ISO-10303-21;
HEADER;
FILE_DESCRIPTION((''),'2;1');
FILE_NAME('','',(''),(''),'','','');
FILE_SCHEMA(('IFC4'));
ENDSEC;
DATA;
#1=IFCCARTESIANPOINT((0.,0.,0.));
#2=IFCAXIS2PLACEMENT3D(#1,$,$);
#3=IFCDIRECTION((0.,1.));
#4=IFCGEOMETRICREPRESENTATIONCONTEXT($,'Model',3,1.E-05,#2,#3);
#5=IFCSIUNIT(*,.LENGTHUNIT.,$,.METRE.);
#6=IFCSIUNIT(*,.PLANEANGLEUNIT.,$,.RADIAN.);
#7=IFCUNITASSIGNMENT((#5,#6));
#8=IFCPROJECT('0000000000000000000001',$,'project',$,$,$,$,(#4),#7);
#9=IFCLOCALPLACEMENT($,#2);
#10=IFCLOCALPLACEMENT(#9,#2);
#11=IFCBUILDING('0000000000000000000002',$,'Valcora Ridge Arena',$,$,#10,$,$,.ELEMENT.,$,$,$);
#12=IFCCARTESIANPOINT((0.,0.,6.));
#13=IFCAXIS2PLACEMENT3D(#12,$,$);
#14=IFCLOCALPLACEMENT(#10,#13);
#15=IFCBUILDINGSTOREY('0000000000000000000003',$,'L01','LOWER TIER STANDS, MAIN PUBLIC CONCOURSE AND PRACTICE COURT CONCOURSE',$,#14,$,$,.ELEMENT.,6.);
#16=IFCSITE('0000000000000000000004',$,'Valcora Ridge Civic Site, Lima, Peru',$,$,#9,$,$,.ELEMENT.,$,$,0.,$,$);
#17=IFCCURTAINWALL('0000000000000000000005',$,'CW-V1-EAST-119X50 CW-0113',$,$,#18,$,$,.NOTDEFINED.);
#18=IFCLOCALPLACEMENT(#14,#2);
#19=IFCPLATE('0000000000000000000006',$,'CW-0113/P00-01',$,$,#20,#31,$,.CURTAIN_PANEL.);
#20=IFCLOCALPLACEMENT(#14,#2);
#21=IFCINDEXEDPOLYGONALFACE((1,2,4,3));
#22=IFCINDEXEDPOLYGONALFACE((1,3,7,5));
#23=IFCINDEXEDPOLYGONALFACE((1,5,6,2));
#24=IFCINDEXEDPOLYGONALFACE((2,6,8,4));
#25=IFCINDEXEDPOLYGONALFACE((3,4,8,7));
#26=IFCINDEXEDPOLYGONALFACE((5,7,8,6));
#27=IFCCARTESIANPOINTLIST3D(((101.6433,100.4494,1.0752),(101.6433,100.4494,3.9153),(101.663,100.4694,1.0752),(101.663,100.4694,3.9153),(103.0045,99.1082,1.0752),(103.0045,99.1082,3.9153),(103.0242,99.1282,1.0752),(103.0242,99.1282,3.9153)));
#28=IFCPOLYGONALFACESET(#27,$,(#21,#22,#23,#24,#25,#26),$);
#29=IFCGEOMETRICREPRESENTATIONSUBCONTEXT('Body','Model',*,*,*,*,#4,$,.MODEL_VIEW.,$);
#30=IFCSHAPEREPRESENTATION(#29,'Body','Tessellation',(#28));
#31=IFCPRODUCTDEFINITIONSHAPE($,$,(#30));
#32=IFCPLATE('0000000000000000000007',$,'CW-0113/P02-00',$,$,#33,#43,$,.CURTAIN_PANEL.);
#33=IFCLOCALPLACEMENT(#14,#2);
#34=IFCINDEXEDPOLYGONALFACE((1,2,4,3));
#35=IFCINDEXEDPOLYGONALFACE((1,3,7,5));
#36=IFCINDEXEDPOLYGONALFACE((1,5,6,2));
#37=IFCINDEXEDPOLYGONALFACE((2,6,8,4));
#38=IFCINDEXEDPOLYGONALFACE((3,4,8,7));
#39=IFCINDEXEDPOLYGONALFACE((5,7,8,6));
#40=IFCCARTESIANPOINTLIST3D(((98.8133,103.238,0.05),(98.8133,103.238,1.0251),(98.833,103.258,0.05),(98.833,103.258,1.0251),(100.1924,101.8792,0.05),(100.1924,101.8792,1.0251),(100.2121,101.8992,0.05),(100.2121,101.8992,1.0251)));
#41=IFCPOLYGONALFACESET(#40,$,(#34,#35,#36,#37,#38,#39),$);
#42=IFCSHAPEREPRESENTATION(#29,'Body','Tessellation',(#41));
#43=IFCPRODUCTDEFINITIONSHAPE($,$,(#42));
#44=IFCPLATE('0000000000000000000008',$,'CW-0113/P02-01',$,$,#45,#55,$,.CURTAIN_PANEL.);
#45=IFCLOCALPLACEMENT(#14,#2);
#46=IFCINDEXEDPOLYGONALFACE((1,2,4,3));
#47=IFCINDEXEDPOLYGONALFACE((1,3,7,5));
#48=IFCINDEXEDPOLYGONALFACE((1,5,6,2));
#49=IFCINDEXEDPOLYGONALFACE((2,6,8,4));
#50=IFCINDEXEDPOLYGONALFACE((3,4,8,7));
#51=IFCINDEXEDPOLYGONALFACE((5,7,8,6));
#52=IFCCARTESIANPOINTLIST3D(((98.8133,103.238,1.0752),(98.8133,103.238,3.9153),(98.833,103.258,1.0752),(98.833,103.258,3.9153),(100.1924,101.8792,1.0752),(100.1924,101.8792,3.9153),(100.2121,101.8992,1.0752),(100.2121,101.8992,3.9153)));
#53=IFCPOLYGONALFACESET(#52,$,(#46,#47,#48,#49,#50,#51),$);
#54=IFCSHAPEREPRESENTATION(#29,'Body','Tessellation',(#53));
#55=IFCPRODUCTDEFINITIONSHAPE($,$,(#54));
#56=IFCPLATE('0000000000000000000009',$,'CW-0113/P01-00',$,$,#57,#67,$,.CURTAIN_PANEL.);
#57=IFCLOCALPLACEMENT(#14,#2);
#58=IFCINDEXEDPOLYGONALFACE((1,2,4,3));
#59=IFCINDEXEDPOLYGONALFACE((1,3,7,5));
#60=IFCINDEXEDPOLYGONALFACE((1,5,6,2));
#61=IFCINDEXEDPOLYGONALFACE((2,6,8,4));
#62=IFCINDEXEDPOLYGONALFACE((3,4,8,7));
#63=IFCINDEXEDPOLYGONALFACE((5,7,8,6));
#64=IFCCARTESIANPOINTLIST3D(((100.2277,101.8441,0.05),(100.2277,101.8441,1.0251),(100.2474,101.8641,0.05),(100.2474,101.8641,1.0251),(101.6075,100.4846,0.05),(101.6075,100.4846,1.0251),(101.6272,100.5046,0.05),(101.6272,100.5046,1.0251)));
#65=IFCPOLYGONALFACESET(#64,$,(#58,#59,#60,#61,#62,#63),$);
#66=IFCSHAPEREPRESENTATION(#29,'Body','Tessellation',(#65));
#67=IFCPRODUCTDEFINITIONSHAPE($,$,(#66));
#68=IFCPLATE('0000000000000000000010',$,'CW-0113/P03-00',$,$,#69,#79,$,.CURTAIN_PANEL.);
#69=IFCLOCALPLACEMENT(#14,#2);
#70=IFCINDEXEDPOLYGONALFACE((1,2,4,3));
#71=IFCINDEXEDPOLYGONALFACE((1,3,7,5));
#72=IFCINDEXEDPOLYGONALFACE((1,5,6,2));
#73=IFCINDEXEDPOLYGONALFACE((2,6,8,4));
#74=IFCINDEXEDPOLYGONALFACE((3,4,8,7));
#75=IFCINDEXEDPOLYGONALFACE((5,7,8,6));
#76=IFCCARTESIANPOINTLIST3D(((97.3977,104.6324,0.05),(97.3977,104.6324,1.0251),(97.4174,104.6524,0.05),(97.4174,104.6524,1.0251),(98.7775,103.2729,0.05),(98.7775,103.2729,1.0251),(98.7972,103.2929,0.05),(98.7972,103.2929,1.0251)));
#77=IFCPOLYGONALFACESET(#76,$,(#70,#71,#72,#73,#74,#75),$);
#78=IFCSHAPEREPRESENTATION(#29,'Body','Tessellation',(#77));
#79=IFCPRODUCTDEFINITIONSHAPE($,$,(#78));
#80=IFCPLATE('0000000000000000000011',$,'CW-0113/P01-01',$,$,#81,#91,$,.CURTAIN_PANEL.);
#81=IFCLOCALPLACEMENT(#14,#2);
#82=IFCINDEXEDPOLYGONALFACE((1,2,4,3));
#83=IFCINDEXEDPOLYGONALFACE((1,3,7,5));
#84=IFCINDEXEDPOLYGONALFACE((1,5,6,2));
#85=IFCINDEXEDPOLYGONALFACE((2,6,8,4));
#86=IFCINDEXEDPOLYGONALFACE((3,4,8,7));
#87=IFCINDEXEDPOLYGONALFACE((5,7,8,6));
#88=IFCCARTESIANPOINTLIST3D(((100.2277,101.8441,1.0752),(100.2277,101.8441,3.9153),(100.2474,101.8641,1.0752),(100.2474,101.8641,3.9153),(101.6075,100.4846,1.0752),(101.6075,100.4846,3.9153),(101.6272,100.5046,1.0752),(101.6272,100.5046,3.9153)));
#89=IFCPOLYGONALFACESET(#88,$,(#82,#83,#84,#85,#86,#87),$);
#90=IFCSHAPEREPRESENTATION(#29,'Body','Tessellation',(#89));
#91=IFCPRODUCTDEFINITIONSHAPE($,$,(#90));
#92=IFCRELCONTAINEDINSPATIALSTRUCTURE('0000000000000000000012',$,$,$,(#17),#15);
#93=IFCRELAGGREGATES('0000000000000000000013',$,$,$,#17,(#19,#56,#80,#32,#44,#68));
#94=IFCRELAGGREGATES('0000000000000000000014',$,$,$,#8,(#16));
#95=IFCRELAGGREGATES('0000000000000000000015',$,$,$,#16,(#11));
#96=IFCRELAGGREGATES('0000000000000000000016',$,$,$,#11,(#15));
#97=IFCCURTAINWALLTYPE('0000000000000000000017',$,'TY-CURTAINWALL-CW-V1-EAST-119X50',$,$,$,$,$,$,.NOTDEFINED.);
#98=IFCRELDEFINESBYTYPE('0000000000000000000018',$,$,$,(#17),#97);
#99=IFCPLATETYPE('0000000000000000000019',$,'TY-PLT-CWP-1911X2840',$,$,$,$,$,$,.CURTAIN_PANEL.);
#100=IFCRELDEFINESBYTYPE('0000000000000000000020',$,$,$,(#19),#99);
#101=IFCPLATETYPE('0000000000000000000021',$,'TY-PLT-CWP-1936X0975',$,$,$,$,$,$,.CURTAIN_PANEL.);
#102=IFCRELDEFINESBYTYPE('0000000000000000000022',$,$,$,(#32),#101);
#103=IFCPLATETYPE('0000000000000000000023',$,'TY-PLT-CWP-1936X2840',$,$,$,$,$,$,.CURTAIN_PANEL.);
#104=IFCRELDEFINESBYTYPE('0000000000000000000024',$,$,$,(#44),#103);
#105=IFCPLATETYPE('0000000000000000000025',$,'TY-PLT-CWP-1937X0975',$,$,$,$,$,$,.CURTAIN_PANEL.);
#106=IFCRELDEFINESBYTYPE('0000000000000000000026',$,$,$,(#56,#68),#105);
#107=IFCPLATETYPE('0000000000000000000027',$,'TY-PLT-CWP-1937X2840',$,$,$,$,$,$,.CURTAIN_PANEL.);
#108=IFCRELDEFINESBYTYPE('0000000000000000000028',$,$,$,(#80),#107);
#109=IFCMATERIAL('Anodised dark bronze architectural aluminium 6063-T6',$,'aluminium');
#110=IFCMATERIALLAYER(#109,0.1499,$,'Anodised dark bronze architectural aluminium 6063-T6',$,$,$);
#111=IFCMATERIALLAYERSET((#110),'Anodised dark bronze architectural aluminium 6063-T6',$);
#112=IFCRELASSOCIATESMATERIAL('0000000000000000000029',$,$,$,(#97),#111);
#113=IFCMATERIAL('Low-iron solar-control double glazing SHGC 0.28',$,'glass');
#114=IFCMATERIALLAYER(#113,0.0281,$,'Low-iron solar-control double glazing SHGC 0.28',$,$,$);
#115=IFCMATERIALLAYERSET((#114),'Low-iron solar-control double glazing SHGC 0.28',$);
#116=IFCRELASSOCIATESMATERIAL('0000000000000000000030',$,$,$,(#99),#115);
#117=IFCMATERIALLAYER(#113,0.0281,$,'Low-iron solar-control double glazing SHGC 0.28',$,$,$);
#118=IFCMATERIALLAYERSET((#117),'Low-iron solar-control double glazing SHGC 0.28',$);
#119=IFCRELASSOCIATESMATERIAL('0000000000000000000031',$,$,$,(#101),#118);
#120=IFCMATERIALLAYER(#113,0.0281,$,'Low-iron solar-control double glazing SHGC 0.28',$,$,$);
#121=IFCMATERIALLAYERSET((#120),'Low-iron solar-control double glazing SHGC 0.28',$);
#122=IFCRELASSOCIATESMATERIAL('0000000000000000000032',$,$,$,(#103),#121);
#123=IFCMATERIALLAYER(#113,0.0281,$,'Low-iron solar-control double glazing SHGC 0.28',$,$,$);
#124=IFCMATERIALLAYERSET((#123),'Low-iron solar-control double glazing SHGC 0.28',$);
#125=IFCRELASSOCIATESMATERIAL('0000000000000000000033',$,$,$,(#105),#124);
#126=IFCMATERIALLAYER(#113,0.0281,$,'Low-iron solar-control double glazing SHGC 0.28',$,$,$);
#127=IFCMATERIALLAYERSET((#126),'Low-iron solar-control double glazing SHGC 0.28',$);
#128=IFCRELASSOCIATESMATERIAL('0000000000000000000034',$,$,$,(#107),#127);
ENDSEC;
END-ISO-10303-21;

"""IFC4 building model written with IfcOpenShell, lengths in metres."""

from ifc_helpers import new_model, si_unit, direction, frame, origin, origin_2d, place, context, subcontext, project, spatial, rectangle, extrude, material, layer, layer_set, type_object, element, aggregate, save


model = new_model("IFC4")

# Units and contexts
model_context = context("Model", 3, precision=1e-05, world=origin(), true_north=direction((0.0, 1.0)))
body_context = subcontext(model_context, "Body", "Model", "MODEL_VIEW")
ifc_project = project(units=[si_unit("LENGTHUNIT", "METRE"), si_unit("PLANEANGLEUNIT", "RADIAN")], contexts=[model_context])

# Site, building, storey
site_placement = place(None, origin())
site = spatial("IfcSite", under=ifc_project, at=site_placement, Name="Valcora Ridge Civic Site, Lima, Peru", CompositionType="ELEMENT", RefElevation=0.0)
building_placement = place(site_placement, origin())
building = spatial("IfcBuilding", under=site, at=building_placement, Name="Valcora Ridge Arena", CompositionType="ELEMENT")
storey_placement = place(building_placement, frame((0.0, 0.0, 6.0)))
storey = spatial("IfcBuildingStorey", under=building, at=storey_placement, Name="L01", Description="LOWER TIER STANDS, MAIN PUBLIC CONCOURSE AND PRACTICE COURT CONCOURSE", CompositionType="ELEMENT", Elevation=6.0)

# Curtain wall, plates
ifc_material_1 = material(Name="Anodised dark bronze architectural aluminium 6063-T6", Category="aluminium")
ifc_layer_1 = layer(ifc_material_1, 0.1499, Name="Anodised dark bronze architectural aluminium 6063-T6")
ifc_layer_set_1 = layer_set([ifc_layer_1], Name="Anodised dark bronze architectural aluminium 6063-T6")
curtain_wall_type = type_object("IfcCurtainWallType", Name="TY-CURTAINWALL-CW-V1-EAST-119X50", PredefinedType="NOTDEFINED", material=ifc_layer_set_1)
curtain_wall_placement = place(storey_placement, origin())
curtain_wall = element("IfcCurtainWall", 1, at=curtain_wall_placement, inside=storey, type_object=curtain_wall_type, Name="CW-V1-EAST-119X50 CW-0113", PredefinedType="NOTDEFINED")
ifc_material_2 = material(Name="Low-iron solar-control double glazing SHGC 0.28", Category="glass")
ifc_layer_2 = layer(ifc_material_2, 0.0281, Name="Low-iron solar-control double glazing SHGC 0.28")
ifc_layer_set_2 = layer_set([ifc_layer_2], Name="Low-iron solar-control double glazing SHGC 0.28")
plate_type_1 = type_object("IfcPlateType", Name="TY-PLT-CWP-1911X2840", PredefinedType="CURTAIN_PANEL", material=ifc_layer_set_2)
plate_1_placement = place(storey_placement, frame((102.3337, 99.7888, 1.0752), z_axis=(0.0, 0.0, 1.0), x_axis=(-0.712327, 0.701847, 0.0)))
plate_1 = element("IfcPlate", 2, at=plate_1_placement, type_object=plate_type_1, Name="CW-0113/P00-01", PredefinedType="CURTAIN_PANEL", context=body_context, shape_type="SweptSolid", body=[
    extrude(rectangle(XDim=1.9109, YDim=0.0281, at=origin_2d()), origin(), (0.0, 0.0, 1.0), 2.8401),
])
ifc_layer_3 = layer(ifc_material_2, 0.0281, Name="Low-iron solar-control double glazing SHGC 0.28")
ifc_layer_set_3 = layer_set([ifc_layer_3], Name="Low-iron solar-control double glazing SHGC 0.28")
plate_type_2 = type_object("IfcPlateType", Name="TY-PLT-CWP-1936X0975", PredefinedType="CURTAIN_PANEL", material=ifc_layer_set_3)
plate_2_placement = place(storey_placement, frame((99.5127, 102.5686, 0.05), z_axis=(0.0, 0.0, 1.0), x_axis=(-0.712327, 0.701847, 0.0)))
plate_2 = element("IfcPlate", 3, at=plate_2_placement, type_object=plate_type_2, Name="CW-0113/P02-00", PredefinedType="CURTAIN_PANEL", context=body_context, shape_type="SweptSolid", body=[
    extrude(rectangle(XDim=1.936, YDim=0.0281, at=origin_2d()), origin(), (0.0, 0.0, 1.0), 0.9751),
])
ifc_layer_4 = layer(ifc_material_2, 0.0281, Name="Low-iron solar-control double glazing SHGC 0.28")
ifc_layer_set_4 = layer_set([ifc_layer_4], Name="Low-iron solar-control double glazing SHGC 0.28")
plate_type_3 = type_object("IfcPlateType", Name="TY-PLT-CWP-1936X2840", PredefinedType="CURTAIN_PANEL", material=ifc_layer_set_4)
plate_3_placement = place(storey_placement, frame((99.5127, 102.5686, 1.0752), z_axis=(0.0, 0.0, 1.0), x_axis=(-0.712327, 0.701847, 0.0)))
plate_3 = element("IfcPlate", 4, at=plate_3_placement, type_object=plate_type_3, Name="CW-0113/P02-01", PredefinedType="CURTAIN_PANEL", context=body_context, shape_type="SweptSolid", body=[
    extrude(rectangle(XDim=1.936, YDim=0.0281, at=origin_2d()), origin(), (0.0, 0.0, 1.0), 2.8401),
])
ifc_layer_5 = layer(ifc_material_2, 0.0281, Name="Low-iron solar-control double glazing SHGC 0.28")
ifc_layer_set_5 = layer_set([ifc_layer_5], Name="Low-iron solar-control double glazing SHGC 0.28")
plate_type_4 = type_object("IfcPlateType", Name="TY-PLT-CWP-1937X0975", PredefinedType="CURTAIN_PANEL", material=ifc_layer_set_5)
plate_4_placement = place(storey_placement, frame((100.9275, 101.1743, 0.05), z_axis=(0.0, 0.0, 1.0), x_axis=(-0.712327, 0.701847, 0.0)))
plate_4 = element("IfcPlate", 5, at=plate_4_placement, type_object=plate_type_4, Name="CW-0113/P01-00", PredefinedType="CURTAIN_PANEL", context=body_context, shape_type="SweptSolid", body=[
    extrude(rectangle(XDim=1.937, YDim=0.0281, at=origin_2d()), origin(), (0.0, 0.0, 1.0), 0.9751),
])
plate_5_placement = place(storey_placement, frame((98.0974, 103.9626, 0.05), z_axis=(0.0, 0.0, 1.0), x_axis=(-0.712327, 0.701847, 0.0)))
plate_5 = element("IfcPlate", 6, at=plate_5_placement, type_object=plate_type_4, Name="CW-0113/P03-00", PredefinedType="CURTAIN_PANEL", context=body_context, shape_type="SweptSolid", body=[
    extrude(rectangle(XDim=1.937, YDim=0.0281, at=origin_2d()), origin(), (0.0, 0.0, 1.0), 0.9751),
])
ifc_layer_6 = layer(ifc_material_2, 0.0281, Name="Low-iron solar-control double glazing SHGC 0.28")
ifc_layer_set_6 = layer_set([ifc_layer_6], Name="Low-iron solar-control double glazing SHGC 0.28")
plate_type_5 = type_object("IfcPlateType", Name="TY-PLT-CWP-1937X2840", PredefinedType="CURTAIN_PANEL", material=ifc_layer_set_6)
plate_6_placement = place(storey_placement, frame((100.9275, 101.1743, 1.0752), z_axis=(0.0, 0.0, 1.0), x_axis=(-0.712327, 0.701847, 0.0)))
plate_6 = element("IfcPlate", 7, at=plate_6_placement, type_object=plate_type_5, Name="CW-0113/P01-01", PredefinedType="CURTAIN_PANEL", context=body_context, shape_type="SweptSolid", body=[
    extrude(rectangle(XDim=1.937, YDim=0.0281, at=origin_2d()), origin(), (0.0, 0.0, 1.0), 2.8401),
])
aggregate(curtain_wall, [plate_1, plate_4, plate_6, plate_2, plate_3, plate_5])

save(model, "model.ifc")
